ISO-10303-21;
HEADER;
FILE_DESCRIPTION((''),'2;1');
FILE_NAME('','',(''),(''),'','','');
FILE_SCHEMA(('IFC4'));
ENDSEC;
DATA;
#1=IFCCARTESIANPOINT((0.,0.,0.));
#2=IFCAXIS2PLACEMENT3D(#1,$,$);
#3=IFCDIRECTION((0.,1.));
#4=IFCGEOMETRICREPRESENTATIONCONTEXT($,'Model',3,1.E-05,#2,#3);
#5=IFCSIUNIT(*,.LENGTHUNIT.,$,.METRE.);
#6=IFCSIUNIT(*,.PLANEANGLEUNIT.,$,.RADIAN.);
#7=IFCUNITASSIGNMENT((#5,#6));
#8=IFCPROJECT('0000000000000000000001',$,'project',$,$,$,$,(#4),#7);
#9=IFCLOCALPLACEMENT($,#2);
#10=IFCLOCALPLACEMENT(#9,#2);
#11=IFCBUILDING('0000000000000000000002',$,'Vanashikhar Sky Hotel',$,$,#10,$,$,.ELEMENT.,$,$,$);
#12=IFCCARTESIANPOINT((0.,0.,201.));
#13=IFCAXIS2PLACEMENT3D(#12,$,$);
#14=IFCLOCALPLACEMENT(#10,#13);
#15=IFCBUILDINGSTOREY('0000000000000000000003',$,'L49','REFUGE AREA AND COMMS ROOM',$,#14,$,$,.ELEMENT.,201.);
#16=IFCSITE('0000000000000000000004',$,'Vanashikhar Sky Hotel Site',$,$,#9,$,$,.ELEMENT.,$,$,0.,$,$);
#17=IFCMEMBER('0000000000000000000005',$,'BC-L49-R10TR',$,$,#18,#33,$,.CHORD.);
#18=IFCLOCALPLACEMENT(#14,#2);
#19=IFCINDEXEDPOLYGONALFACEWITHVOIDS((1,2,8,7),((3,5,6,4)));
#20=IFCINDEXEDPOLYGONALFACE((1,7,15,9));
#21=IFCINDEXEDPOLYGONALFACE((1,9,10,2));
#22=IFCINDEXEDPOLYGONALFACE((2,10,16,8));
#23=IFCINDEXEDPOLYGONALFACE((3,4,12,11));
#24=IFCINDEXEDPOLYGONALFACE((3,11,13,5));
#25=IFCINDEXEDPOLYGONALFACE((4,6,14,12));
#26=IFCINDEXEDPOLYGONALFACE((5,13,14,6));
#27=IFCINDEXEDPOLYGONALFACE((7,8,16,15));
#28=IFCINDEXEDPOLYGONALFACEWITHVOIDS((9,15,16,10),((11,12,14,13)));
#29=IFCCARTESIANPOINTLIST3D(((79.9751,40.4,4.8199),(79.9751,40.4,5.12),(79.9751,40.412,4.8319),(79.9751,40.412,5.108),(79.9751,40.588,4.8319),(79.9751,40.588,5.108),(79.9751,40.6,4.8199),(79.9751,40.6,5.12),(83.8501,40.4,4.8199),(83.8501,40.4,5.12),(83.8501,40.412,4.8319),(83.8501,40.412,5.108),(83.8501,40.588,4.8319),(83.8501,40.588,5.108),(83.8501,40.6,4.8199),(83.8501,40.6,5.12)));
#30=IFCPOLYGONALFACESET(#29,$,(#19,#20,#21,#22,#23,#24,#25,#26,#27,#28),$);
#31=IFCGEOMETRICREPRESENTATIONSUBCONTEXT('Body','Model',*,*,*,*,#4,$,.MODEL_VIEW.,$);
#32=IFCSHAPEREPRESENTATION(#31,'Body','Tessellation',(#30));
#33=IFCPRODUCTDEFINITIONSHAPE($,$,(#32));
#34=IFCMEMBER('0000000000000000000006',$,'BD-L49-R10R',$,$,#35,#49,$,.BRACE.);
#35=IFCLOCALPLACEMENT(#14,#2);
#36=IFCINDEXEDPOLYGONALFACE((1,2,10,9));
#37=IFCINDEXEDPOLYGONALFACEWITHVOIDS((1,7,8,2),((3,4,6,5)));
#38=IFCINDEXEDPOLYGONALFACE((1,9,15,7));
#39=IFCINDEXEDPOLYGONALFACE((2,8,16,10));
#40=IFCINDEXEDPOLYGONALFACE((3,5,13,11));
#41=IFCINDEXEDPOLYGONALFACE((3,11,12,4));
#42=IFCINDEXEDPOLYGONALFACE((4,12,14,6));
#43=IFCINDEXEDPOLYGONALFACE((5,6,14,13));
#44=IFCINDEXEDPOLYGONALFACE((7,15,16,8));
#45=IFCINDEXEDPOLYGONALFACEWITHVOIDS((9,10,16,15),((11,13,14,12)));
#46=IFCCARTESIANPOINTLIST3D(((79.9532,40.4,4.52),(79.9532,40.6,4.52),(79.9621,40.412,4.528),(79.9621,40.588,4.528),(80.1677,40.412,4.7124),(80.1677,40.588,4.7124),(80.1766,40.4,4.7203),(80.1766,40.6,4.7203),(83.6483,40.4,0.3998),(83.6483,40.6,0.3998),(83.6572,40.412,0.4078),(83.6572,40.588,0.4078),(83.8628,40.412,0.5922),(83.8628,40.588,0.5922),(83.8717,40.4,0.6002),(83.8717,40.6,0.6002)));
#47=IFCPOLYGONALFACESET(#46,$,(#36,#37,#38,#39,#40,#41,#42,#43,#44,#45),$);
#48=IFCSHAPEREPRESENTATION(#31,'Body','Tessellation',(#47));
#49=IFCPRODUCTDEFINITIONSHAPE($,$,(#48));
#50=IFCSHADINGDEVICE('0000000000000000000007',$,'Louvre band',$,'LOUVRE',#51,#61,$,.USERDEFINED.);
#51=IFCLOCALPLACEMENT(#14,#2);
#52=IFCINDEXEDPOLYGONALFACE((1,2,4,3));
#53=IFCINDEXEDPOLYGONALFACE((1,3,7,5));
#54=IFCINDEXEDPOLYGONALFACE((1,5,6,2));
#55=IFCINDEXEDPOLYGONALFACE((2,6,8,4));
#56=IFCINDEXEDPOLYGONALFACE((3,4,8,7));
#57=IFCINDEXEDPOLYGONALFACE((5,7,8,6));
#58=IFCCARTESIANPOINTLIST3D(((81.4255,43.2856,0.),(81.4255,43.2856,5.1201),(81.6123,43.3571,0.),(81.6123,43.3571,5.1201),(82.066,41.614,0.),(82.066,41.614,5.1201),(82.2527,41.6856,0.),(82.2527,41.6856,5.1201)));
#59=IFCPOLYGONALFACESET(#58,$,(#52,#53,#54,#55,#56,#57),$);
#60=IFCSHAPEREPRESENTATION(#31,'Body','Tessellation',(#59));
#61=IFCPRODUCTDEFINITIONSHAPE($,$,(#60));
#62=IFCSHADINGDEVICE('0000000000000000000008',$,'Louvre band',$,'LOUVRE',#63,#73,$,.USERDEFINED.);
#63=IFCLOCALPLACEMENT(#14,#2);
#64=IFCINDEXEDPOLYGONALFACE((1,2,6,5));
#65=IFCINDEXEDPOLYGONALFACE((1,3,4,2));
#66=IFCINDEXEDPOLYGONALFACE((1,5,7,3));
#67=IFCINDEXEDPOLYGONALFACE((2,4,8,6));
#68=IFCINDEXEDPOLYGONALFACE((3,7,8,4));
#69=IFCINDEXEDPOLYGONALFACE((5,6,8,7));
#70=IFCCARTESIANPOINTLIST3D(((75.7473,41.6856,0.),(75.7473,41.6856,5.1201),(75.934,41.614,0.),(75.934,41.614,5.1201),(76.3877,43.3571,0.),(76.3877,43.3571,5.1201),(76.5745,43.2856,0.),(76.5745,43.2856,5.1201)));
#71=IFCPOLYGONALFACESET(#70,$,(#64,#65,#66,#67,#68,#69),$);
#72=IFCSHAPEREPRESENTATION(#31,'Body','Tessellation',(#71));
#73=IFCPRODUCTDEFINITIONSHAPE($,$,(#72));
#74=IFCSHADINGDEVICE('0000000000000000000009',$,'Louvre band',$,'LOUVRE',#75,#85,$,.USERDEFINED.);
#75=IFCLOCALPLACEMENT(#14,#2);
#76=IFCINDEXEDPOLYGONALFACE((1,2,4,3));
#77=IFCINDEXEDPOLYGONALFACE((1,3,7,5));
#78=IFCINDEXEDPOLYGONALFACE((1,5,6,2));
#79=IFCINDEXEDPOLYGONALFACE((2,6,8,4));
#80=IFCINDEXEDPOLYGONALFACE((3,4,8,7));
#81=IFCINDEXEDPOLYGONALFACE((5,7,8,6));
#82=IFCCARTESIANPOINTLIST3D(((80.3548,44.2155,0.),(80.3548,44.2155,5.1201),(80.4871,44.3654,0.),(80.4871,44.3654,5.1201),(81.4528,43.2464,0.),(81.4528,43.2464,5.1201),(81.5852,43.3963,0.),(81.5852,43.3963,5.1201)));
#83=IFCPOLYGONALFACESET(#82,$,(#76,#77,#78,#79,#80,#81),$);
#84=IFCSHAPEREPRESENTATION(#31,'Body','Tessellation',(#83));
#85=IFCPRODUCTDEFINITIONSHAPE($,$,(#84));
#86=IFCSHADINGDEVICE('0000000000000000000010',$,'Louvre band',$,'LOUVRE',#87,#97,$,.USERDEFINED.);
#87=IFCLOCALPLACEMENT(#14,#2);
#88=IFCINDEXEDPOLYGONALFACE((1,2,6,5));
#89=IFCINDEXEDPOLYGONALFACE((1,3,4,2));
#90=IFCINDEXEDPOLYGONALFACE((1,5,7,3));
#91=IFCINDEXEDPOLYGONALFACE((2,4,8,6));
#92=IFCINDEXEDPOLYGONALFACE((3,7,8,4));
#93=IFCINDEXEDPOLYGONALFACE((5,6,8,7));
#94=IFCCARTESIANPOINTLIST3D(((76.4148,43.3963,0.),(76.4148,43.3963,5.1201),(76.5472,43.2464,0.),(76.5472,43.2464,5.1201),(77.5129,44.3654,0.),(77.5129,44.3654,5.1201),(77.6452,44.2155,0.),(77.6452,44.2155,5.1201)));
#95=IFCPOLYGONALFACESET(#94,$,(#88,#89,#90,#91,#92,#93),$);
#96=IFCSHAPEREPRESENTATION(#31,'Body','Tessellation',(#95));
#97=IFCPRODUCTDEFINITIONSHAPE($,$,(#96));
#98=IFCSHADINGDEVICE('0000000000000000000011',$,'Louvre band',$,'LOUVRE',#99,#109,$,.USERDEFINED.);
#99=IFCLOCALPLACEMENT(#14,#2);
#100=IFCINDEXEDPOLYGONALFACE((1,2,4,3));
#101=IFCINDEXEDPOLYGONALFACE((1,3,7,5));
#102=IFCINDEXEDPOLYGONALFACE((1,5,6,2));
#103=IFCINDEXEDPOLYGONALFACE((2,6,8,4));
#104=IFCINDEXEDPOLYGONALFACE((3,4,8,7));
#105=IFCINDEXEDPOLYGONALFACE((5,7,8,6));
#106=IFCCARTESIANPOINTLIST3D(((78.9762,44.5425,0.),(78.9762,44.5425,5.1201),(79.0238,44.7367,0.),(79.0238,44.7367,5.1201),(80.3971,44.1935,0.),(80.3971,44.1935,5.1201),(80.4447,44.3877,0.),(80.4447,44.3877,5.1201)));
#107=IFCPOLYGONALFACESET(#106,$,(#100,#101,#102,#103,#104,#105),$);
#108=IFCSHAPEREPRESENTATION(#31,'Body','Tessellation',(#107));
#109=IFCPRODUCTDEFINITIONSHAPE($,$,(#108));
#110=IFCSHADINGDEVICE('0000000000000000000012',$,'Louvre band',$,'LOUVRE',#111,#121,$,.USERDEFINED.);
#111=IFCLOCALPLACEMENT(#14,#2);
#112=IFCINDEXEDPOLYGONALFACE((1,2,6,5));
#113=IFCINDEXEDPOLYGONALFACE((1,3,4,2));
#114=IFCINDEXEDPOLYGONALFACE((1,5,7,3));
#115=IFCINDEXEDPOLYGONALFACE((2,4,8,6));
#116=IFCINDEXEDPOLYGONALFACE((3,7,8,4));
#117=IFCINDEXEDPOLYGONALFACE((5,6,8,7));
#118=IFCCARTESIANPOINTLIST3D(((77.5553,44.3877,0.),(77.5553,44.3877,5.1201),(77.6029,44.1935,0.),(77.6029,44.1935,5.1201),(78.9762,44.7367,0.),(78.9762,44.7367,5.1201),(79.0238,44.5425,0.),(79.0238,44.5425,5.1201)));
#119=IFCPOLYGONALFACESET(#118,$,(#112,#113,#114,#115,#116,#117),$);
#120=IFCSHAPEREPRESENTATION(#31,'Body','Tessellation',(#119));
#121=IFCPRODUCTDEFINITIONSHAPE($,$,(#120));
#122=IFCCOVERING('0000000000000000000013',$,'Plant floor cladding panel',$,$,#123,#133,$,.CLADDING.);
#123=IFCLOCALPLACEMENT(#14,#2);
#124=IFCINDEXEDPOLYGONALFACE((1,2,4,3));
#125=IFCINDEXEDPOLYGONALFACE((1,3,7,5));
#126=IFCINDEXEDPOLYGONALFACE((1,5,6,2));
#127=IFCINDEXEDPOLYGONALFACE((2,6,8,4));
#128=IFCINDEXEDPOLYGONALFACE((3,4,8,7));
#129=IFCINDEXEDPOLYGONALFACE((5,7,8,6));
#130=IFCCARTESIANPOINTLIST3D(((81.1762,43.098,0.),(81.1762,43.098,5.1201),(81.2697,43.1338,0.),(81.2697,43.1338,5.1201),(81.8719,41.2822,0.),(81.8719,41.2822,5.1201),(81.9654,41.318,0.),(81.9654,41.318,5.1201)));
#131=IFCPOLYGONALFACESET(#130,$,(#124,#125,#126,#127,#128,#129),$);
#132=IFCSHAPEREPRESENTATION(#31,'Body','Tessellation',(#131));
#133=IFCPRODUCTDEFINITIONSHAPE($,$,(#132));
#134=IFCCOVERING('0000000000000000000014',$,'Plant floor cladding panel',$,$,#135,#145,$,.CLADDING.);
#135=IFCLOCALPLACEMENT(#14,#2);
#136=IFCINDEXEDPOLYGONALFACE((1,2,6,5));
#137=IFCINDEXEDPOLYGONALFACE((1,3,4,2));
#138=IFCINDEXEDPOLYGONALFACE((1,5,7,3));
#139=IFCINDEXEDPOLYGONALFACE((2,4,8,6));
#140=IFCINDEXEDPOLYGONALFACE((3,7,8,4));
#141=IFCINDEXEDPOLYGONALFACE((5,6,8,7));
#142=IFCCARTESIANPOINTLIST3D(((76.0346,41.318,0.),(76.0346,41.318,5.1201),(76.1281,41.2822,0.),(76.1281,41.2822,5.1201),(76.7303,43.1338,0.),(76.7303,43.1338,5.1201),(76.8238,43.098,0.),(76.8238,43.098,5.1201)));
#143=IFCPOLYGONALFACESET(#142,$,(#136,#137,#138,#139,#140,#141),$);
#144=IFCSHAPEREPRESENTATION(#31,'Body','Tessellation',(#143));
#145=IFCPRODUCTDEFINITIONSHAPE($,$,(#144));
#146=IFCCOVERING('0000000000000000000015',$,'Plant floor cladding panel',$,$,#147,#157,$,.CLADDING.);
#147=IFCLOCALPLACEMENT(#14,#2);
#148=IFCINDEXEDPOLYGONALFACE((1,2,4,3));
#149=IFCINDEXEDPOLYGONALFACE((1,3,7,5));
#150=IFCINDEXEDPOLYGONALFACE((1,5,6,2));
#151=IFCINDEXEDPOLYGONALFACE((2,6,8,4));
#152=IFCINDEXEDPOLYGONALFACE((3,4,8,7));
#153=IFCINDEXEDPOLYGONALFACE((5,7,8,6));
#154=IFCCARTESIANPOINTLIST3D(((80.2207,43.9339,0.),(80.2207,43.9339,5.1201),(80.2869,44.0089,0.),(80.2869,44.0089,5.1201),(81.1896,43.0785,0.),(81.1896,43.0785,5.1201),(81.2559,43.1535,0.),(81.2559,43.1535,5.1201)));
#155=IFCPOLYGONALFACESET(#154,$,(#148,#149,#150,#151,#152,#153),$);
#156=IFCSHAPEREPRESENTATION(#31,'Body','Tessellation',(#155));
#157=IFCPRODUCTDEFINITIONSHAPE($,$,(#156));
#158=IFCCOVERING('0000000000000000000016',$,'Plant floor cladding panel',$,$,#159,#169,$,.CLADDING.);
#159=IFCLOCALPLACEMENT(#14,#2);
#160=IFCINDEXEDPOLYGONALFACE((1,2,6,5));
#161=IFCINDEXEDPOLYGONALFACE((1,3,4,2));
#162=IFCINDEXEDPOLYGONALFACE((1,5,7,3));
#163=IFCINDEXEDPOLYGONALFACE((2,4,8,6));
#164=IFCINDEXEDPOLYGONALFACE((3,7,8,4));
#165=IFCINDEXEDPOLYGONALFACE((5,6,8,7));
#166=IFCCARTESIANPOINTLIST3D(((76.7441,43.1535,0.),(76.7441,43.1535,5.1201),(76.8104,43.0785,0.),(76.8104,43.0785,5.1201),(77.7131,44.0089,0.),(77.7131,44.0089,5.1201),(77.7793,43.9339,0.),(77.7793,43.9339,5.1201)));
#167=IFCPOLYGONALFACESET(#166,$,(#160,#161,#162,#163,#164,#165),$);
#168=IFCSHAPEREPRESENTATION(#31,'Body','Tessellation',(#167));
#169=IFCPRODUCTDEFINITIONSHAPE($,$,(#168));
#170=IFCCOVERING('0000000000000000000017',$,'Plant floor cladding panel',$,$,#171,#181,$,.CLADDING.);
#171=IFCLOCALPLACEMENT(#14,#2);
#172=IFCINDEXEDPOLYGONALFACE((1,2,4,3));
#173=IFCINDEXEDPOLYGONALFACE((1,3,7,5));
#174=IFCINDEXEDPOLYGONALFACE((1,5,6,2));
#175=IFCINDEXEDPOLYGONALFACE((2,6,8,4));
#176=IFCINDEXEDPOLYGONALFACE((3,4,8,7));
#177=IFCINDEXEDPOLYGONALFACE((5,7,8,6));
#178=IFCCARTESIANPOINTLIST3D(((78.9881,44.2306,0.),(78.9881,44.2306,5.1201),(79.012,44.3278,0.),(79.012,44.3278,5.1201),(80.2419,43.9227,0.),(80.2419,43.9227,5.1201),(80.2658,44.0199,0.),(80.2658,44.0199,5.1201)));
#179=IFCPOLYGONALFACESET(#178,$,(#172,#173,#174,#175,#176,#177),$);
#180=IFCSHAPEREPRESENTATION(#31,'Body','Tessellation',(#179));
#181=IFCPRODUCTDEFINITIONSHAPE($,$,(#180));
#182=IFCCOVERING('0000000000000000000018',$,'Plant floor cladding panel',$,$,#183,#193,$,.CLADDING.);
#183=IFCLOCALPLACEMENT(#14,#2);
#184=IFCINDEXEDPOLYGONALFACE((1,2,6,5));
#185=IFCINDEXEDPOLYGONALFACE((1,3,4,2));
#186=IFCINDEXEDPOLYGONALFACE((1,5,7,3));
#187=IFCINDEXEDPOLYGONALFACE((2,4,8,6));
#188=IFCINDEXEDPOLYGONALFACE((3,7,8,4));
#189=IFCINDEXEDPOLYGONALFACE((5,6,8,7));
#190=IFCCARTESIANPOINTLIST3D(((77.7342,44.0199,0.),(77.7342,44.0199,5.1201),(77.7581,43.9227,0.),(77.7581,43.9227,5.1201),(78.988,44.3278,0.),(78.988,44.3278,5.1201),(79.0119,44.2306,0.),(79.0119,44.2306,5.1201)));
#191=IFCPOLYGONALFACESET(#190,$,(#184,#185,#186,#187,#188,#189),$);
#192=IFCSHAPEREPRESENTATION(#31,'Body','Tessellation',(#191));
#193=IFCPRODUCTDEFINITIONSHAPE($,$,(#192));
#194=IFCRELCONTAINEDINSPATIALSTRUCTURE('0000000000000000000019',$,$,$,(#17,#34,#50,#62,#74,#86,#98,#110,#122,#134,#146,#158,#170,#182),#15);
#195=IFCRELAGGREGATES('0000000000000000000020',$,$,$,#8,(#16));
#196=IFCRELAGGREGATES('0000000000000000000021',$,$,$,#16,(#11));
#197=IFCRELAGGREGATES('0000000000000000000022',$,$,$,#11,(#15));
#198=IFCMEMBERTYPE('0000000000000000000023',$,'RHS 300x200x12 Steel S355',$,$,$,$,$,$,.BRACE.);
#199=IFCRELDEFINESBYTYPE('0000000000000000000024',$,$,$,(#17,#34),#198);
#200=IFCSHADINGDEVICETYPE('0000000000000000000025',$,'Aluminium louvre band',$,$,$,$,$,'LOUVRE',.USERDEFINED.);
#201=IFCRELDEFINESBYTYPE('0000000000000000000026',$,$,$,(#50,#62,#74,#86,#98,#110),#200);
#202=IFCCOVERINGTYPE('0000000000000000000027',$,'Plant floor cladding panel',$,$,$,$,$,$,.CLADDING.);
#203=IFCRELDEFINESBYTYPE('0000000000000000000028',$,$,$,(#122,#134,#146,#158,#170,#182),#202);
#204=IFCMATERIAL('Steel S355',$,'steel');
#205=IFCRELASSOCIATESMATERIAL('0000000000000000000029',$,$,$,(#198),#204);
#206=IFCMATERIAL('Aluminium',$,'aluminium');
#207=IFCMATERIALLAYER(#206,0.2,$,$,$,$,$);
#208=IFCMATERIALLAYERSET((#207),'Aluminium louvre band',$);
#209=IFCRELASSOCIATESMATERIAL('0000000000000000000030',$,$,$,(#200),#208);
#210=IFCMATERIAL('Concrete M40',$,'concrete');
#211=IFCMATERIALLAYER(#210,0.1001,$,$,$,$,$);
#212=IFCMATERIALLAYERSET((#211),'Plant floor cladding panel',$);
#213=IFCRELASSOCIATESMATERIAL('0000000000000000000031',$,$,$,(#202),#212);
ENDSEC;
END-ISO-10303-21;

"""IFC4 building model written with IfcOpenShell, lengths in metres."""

from ifc_helpers import new_model, si_unit, direction, frame, origin, origin_2d, place, context, subcontext, project, spatial, rectangle, hollow_rectangle, extrude, source, transform, mapped, material, layer, layer_set, material_profile, profile_set, type_object, element, save


model = new_model("IFC4")

# Units and contexts
model_context = context("Model", 3, precision=1e-05, world=origin(), true_north=direction((0.0, 1.0)))
body_context = subcontext(model_context, "Body", "Model", "MODEL_VIEW")
ifc_project = project(units=[si_unit("LENGTHUNIT", "METRE"), si_unit("PLANEANGLEUNIT", "RADIAN")], contexts=[model_context])

# Site, building, storey
site_placement = place(None, origin())
site = spatial("IfcSite", under=ifc_project, at=site_placement, Name="Vanashikhar Sky Hotel Site", CompositionType="ELEMENT", RefElevation=0.0)
building_placement = place(site_placement, origin())
building = spatial("IfcBuilding", under=site, at=building_placement, Name="Vanashikhar Sky Hotel", CompositionType="ELEMENT")
storey_placement = place(building_placement, frame((0.0, 0.0, 201.0)))
storey = spatial("IfcBuildingStorey", under=building, at=storey_placement, Name="L49", Description="REFUGE AREA AND COMMS ROOM", CompositionType="ELEMENT", Elevation=201.0)

# Members
ifc_material_1 = material(Name="Steel S355", Category="steel")
ifc_material_profile_1 = material_profile(ifc_material_1, hollow_rectangle(XDim=0.2, YDim=0.3, WallThickness=0.012, at=origin_2d()))
ifc_profile_set_1 = profile_set([ifc_material_profile_1], Name="RHS 300x200x12 Steel S355")
member_type = type_object("IfcMemberType", Name="RHS 300x200x12 Steel S355", PredefinedType="BRACE", material=ifc_profile_set_1)
shared_shape_1 = source(origin(), body_context, "Body", "SweptSolid", [
    extrude(hollow_rectangle(XDim=0.2, YDim=0.3, WallThickness=0.012, at=origin_2d()), origin(), (0.0, 0.0, 1.0), 3.875),
])
member_1_placement = place(storey_placement, frame((79.9751, 40.5, 4.97), z_axis=(1.0, 0.0, 0.0), x_axis=(0.0, 1.0, 0.0)))
element("IfcMember", 1, at=member_1_placement, inside=storey, type_object=member_type, Name="BC-L49-R10TR", PredefinedType="CHORD", context=body_context, shape_type="MappedRepresentation", body=[
    mapped(shared_shape_1, transform((0.0, 0.0, 0.0), scale=1.0)),
])
shared_shape_2 = source(origin(), body_context, "Body", "SweptSolid", [
    extrude(hollow_rectangle(XDim=0.2, YDim=0.3, WallThickness=0.012, at=origin_2d()), origin(), (0.0, 0.0, 1.0), 5.5344),
])
member_2_placement = place(storey_placement, frame((83.76, 40.5, 0.5), z_axis=(-0.667662, 0.0, 0.744464), x_axis=(0.0, -1.0, 0.0)))
element("IfcMember", 2, at=member_2_placement, inside=storey, type_object=member_type, Name="BD-L49-R10R", PredefinedType="BRACE", context=body_context, shape_type="MappedRepresentation", body=[
    mapped(shared_shape_2, transform((0.0, 0.0, 0.0), scale=1.0)),
])

# Shading devices
ifc_material_2 = material(Name="Aluminium", Category="aluminium")
ifc_layer_1 = layer(ifc_material_2, 0.2)
ifc_layer_set_1 = layer_set([ifc_layer_1], Name="Aluminium louvre band")
shading_device_type = type_object("IfcShadingDeviceType", Name="Aluminium louvre band", ElementType="LOUVRE", PredefinedType="USERDEFINED", material=ifc_layer_set_1)
shared_shape_3 = source(origin(), body_context, "Body", "SweptSolid", [
    extrude(rectangle(XDim=1.79, YDim=0.2, at=origin_2d()), origin(), (0.0, 0.0, 1.0), 5.1201),
])
for number, where, z_axis, x_axis, name in (
    (3, (81.8391, 42.4856, 0.0), (0.0, 0.0, 1.0), (-0.357765, 0.933812, 0.0), "Louvre band"),
    (4, (76.1609, 42.4856, 0.0), (0.0, 0.0, 1.0), (-0.357765, -0.933812, 0.0), "Louvre band"),
):
    element("IfcShadingDevice", number, at=place(storey_placement, frame(where, z_axis=z_axis, x_axis=x_axis)), inside=storey, type_object=shading_device_type, Name=name, ObjectType="LOUVRE", PredefinedType="USERDEFINED", context=body_context, shape_type="MappedRepresentation", body=[
        mapped(shared_shape_3, transform((0.0, 0.0, 0.0), scale=1.0)),
    ])
shared_shape_4 = source(origin(), body_context, "Body", "SweptSolid", [
    extrude(rectangle(XDim=1.4646, YDim=0.2, at=origin_2d()), origin(), (0.0, 0.0, 1.0), 5.1201),
])
for number, where, z_axis, x_axis, name in (
    (5, (80.97, 43.8059, 0.0), (0.0, 0.0, 1.0), (-0.749742, 0.661731, 0.0), "Louvre band"),
    (6, (77.03, 43.8059, 0.0), (0.0, 0.0, 1.0), (-0.749742, -0.661731, 0.0), "Louvre band"),
):
    element("IfcShadingDevice", number, at=place(storey_placement, frame(where, z_axis=z_axis, x_axis=x_axis)), inside=storey, type_object=shading_device_type, Name=name, ObjectType="LOUVRE", PredefinedType="USERDEFINED", context=body_context, shape_type="MappedRepresentation", body=[
        mapped(shared_shape_4, transform((0.0, 0.0, 0.0), scale=1.0)),
    ])
shared_shape_5 = source(origin(), body_context, "Body", "SweptSolid", [
    extrude(rectangle(XDim=1.4631, YDim=0.2, at=origin_2d()), origin(), (0.0, 0.0, 1.0), 5.1201),
])
for number, where, z_axis, x_axis, name in (
    (7, (79.7104, 44.4651, 0.0), (0.0, 0.0, 1.0), (-0.971134, 0.238533, 0.0), "Louvre band"),
    (8, (78.2896, 44.4651, 0.0), (0.0, 0.0, 1.0), (-0.971134, -0.238533, 0.0), "Louvre band"),
):
    element("IfcShadingDevice", number, at=place(storey_placement, frame(where, z_axis=z_axis, x_axis=x_axis)), inside=storey, type_object=shading_device_type, Name=name, ObjectType="LOUVRE", PredefinedType="USERDEFINED", context=body_context, shape_type="MappedRepresentation", body=[
        mapped(shared_shape_5, transform((0.0, 0.0, 0.0), scale=1.0)),
    ])

# Coverings
ifc_material_3 = material(Name="Concrete M40", Category="concrete")
ifc_layer_2 = layer(ifc_material_3, 0.1001)
ifc_layer_set_2 = layer_set([ifc_layer_2], Name="Plant floor cladding panel")
covering_type_1 = type_object("IfcCoveringType", Name="Plant floor cladding panel", PredefinedType="CLADDING", material=ifc_layer_set_2)
shared_shape_6 = source(origin(), body_context, "Body", "SweptSolid", [
    extrude(rectangle(XDim=1.9446, YDim=0.1001, at=origin_2d()), origin(), (0.0, 0.0, 1.0), 5.1201),
])
for number, where, z_axis, x_axis, name in (
    (9, (81.5708, 42.208, 0.0), (0.0, 0.0, 1.0), (-0.357781, 0.933805, 0.0), "Plant floor cladding panel"),
    (10, (76.4292, 42.208, 0.0), (0.0, 0.0, 1.0), (-0.357781, -0.933805, 0.0), "Plant floor cladding panel"),
):
    element("IfcCovering", number, at=place(storey_placement, frame(where, z_axis=z_axis, x_axis=x_axis)), inside=storey, type_object=covering_type_1, Name=name, PredefinedType="CLADDING", context=body_context, shape_type="MappedRepresentation", body=[
        mapped(shared_shape_6, transform((0.0, 0.0, 0.0), scale=1.0)),
    ])
shared_shape_7 = source(origin(), body_context, "Body", "SweptSolid", [
    extrude(rectangle(XDim=1.2925, YDim=0.1001, at=origin_2d()), origin(), (0.0, 0.0, 1.0), 5.1201),
])
for number, where, z_axis, x_axis, name in (
    (11, (80.7383, 43.5437, 0.0), (0.0, 0.0, 1.0), (-0.749684, 0.661796, 0.0), "Plant floor cladding panel"),
    (12, (77.2617, 43.5437, 0.0), (0.0, 0.0, 1.0), (-0.749684, -0.661796, 0.0), "Plant floor cladding panel"),
):
    element("IfcCovering", number, at=place(storey_placement, frame(where, z_axis=z_axis, x_axis=x_axis)), inside=storey, type_object=covering_type_1, Name=name, PredefinedType="CLADDING", context=body_context, shape_type="MappedRepresentation", body=[
        mapped(shared_shape_7, transform((0.0, 0.0, 0.0), scale=1.0)),
    ])
shared_shape_8 = source(origin(), body_context, "Body", "SweptSolid", [
    extrude(rectangle(XDim=1.291, YDim=0.1001, at=origin_2d()), origin(), (0.0, 0.0, 1.0), 5.1201),
])
for number, where, z_axis, x_axis, name in (
    (13, (79.627, 44.1252, 0.0), (0.0, 0.0, 1.0), (-0.971151, 0.238466, 0.0), "Plant floor cladding panel"),
    (14, (78.373, 44.1252, 0.0), (0.0, 0.0, 1.0), (-0.971151, -0.238466, 0.0), "Plant floor cladding panel"),
):
    element("IfcCovering", number, at=place(storey_placement, frame(where, z_axis=z_axis, x_axis=x_axis)), inside=storey, type_object=covering_type_1, Name=name, PredefinedType="CLADDING", context=body_context, shape_type="MappedRepresentation", body=[
        mapped(shared_shape_8, transform((0.0, 0.0, 0.0), scale=1.0)),
    ])

save(model, "model.ifc")
